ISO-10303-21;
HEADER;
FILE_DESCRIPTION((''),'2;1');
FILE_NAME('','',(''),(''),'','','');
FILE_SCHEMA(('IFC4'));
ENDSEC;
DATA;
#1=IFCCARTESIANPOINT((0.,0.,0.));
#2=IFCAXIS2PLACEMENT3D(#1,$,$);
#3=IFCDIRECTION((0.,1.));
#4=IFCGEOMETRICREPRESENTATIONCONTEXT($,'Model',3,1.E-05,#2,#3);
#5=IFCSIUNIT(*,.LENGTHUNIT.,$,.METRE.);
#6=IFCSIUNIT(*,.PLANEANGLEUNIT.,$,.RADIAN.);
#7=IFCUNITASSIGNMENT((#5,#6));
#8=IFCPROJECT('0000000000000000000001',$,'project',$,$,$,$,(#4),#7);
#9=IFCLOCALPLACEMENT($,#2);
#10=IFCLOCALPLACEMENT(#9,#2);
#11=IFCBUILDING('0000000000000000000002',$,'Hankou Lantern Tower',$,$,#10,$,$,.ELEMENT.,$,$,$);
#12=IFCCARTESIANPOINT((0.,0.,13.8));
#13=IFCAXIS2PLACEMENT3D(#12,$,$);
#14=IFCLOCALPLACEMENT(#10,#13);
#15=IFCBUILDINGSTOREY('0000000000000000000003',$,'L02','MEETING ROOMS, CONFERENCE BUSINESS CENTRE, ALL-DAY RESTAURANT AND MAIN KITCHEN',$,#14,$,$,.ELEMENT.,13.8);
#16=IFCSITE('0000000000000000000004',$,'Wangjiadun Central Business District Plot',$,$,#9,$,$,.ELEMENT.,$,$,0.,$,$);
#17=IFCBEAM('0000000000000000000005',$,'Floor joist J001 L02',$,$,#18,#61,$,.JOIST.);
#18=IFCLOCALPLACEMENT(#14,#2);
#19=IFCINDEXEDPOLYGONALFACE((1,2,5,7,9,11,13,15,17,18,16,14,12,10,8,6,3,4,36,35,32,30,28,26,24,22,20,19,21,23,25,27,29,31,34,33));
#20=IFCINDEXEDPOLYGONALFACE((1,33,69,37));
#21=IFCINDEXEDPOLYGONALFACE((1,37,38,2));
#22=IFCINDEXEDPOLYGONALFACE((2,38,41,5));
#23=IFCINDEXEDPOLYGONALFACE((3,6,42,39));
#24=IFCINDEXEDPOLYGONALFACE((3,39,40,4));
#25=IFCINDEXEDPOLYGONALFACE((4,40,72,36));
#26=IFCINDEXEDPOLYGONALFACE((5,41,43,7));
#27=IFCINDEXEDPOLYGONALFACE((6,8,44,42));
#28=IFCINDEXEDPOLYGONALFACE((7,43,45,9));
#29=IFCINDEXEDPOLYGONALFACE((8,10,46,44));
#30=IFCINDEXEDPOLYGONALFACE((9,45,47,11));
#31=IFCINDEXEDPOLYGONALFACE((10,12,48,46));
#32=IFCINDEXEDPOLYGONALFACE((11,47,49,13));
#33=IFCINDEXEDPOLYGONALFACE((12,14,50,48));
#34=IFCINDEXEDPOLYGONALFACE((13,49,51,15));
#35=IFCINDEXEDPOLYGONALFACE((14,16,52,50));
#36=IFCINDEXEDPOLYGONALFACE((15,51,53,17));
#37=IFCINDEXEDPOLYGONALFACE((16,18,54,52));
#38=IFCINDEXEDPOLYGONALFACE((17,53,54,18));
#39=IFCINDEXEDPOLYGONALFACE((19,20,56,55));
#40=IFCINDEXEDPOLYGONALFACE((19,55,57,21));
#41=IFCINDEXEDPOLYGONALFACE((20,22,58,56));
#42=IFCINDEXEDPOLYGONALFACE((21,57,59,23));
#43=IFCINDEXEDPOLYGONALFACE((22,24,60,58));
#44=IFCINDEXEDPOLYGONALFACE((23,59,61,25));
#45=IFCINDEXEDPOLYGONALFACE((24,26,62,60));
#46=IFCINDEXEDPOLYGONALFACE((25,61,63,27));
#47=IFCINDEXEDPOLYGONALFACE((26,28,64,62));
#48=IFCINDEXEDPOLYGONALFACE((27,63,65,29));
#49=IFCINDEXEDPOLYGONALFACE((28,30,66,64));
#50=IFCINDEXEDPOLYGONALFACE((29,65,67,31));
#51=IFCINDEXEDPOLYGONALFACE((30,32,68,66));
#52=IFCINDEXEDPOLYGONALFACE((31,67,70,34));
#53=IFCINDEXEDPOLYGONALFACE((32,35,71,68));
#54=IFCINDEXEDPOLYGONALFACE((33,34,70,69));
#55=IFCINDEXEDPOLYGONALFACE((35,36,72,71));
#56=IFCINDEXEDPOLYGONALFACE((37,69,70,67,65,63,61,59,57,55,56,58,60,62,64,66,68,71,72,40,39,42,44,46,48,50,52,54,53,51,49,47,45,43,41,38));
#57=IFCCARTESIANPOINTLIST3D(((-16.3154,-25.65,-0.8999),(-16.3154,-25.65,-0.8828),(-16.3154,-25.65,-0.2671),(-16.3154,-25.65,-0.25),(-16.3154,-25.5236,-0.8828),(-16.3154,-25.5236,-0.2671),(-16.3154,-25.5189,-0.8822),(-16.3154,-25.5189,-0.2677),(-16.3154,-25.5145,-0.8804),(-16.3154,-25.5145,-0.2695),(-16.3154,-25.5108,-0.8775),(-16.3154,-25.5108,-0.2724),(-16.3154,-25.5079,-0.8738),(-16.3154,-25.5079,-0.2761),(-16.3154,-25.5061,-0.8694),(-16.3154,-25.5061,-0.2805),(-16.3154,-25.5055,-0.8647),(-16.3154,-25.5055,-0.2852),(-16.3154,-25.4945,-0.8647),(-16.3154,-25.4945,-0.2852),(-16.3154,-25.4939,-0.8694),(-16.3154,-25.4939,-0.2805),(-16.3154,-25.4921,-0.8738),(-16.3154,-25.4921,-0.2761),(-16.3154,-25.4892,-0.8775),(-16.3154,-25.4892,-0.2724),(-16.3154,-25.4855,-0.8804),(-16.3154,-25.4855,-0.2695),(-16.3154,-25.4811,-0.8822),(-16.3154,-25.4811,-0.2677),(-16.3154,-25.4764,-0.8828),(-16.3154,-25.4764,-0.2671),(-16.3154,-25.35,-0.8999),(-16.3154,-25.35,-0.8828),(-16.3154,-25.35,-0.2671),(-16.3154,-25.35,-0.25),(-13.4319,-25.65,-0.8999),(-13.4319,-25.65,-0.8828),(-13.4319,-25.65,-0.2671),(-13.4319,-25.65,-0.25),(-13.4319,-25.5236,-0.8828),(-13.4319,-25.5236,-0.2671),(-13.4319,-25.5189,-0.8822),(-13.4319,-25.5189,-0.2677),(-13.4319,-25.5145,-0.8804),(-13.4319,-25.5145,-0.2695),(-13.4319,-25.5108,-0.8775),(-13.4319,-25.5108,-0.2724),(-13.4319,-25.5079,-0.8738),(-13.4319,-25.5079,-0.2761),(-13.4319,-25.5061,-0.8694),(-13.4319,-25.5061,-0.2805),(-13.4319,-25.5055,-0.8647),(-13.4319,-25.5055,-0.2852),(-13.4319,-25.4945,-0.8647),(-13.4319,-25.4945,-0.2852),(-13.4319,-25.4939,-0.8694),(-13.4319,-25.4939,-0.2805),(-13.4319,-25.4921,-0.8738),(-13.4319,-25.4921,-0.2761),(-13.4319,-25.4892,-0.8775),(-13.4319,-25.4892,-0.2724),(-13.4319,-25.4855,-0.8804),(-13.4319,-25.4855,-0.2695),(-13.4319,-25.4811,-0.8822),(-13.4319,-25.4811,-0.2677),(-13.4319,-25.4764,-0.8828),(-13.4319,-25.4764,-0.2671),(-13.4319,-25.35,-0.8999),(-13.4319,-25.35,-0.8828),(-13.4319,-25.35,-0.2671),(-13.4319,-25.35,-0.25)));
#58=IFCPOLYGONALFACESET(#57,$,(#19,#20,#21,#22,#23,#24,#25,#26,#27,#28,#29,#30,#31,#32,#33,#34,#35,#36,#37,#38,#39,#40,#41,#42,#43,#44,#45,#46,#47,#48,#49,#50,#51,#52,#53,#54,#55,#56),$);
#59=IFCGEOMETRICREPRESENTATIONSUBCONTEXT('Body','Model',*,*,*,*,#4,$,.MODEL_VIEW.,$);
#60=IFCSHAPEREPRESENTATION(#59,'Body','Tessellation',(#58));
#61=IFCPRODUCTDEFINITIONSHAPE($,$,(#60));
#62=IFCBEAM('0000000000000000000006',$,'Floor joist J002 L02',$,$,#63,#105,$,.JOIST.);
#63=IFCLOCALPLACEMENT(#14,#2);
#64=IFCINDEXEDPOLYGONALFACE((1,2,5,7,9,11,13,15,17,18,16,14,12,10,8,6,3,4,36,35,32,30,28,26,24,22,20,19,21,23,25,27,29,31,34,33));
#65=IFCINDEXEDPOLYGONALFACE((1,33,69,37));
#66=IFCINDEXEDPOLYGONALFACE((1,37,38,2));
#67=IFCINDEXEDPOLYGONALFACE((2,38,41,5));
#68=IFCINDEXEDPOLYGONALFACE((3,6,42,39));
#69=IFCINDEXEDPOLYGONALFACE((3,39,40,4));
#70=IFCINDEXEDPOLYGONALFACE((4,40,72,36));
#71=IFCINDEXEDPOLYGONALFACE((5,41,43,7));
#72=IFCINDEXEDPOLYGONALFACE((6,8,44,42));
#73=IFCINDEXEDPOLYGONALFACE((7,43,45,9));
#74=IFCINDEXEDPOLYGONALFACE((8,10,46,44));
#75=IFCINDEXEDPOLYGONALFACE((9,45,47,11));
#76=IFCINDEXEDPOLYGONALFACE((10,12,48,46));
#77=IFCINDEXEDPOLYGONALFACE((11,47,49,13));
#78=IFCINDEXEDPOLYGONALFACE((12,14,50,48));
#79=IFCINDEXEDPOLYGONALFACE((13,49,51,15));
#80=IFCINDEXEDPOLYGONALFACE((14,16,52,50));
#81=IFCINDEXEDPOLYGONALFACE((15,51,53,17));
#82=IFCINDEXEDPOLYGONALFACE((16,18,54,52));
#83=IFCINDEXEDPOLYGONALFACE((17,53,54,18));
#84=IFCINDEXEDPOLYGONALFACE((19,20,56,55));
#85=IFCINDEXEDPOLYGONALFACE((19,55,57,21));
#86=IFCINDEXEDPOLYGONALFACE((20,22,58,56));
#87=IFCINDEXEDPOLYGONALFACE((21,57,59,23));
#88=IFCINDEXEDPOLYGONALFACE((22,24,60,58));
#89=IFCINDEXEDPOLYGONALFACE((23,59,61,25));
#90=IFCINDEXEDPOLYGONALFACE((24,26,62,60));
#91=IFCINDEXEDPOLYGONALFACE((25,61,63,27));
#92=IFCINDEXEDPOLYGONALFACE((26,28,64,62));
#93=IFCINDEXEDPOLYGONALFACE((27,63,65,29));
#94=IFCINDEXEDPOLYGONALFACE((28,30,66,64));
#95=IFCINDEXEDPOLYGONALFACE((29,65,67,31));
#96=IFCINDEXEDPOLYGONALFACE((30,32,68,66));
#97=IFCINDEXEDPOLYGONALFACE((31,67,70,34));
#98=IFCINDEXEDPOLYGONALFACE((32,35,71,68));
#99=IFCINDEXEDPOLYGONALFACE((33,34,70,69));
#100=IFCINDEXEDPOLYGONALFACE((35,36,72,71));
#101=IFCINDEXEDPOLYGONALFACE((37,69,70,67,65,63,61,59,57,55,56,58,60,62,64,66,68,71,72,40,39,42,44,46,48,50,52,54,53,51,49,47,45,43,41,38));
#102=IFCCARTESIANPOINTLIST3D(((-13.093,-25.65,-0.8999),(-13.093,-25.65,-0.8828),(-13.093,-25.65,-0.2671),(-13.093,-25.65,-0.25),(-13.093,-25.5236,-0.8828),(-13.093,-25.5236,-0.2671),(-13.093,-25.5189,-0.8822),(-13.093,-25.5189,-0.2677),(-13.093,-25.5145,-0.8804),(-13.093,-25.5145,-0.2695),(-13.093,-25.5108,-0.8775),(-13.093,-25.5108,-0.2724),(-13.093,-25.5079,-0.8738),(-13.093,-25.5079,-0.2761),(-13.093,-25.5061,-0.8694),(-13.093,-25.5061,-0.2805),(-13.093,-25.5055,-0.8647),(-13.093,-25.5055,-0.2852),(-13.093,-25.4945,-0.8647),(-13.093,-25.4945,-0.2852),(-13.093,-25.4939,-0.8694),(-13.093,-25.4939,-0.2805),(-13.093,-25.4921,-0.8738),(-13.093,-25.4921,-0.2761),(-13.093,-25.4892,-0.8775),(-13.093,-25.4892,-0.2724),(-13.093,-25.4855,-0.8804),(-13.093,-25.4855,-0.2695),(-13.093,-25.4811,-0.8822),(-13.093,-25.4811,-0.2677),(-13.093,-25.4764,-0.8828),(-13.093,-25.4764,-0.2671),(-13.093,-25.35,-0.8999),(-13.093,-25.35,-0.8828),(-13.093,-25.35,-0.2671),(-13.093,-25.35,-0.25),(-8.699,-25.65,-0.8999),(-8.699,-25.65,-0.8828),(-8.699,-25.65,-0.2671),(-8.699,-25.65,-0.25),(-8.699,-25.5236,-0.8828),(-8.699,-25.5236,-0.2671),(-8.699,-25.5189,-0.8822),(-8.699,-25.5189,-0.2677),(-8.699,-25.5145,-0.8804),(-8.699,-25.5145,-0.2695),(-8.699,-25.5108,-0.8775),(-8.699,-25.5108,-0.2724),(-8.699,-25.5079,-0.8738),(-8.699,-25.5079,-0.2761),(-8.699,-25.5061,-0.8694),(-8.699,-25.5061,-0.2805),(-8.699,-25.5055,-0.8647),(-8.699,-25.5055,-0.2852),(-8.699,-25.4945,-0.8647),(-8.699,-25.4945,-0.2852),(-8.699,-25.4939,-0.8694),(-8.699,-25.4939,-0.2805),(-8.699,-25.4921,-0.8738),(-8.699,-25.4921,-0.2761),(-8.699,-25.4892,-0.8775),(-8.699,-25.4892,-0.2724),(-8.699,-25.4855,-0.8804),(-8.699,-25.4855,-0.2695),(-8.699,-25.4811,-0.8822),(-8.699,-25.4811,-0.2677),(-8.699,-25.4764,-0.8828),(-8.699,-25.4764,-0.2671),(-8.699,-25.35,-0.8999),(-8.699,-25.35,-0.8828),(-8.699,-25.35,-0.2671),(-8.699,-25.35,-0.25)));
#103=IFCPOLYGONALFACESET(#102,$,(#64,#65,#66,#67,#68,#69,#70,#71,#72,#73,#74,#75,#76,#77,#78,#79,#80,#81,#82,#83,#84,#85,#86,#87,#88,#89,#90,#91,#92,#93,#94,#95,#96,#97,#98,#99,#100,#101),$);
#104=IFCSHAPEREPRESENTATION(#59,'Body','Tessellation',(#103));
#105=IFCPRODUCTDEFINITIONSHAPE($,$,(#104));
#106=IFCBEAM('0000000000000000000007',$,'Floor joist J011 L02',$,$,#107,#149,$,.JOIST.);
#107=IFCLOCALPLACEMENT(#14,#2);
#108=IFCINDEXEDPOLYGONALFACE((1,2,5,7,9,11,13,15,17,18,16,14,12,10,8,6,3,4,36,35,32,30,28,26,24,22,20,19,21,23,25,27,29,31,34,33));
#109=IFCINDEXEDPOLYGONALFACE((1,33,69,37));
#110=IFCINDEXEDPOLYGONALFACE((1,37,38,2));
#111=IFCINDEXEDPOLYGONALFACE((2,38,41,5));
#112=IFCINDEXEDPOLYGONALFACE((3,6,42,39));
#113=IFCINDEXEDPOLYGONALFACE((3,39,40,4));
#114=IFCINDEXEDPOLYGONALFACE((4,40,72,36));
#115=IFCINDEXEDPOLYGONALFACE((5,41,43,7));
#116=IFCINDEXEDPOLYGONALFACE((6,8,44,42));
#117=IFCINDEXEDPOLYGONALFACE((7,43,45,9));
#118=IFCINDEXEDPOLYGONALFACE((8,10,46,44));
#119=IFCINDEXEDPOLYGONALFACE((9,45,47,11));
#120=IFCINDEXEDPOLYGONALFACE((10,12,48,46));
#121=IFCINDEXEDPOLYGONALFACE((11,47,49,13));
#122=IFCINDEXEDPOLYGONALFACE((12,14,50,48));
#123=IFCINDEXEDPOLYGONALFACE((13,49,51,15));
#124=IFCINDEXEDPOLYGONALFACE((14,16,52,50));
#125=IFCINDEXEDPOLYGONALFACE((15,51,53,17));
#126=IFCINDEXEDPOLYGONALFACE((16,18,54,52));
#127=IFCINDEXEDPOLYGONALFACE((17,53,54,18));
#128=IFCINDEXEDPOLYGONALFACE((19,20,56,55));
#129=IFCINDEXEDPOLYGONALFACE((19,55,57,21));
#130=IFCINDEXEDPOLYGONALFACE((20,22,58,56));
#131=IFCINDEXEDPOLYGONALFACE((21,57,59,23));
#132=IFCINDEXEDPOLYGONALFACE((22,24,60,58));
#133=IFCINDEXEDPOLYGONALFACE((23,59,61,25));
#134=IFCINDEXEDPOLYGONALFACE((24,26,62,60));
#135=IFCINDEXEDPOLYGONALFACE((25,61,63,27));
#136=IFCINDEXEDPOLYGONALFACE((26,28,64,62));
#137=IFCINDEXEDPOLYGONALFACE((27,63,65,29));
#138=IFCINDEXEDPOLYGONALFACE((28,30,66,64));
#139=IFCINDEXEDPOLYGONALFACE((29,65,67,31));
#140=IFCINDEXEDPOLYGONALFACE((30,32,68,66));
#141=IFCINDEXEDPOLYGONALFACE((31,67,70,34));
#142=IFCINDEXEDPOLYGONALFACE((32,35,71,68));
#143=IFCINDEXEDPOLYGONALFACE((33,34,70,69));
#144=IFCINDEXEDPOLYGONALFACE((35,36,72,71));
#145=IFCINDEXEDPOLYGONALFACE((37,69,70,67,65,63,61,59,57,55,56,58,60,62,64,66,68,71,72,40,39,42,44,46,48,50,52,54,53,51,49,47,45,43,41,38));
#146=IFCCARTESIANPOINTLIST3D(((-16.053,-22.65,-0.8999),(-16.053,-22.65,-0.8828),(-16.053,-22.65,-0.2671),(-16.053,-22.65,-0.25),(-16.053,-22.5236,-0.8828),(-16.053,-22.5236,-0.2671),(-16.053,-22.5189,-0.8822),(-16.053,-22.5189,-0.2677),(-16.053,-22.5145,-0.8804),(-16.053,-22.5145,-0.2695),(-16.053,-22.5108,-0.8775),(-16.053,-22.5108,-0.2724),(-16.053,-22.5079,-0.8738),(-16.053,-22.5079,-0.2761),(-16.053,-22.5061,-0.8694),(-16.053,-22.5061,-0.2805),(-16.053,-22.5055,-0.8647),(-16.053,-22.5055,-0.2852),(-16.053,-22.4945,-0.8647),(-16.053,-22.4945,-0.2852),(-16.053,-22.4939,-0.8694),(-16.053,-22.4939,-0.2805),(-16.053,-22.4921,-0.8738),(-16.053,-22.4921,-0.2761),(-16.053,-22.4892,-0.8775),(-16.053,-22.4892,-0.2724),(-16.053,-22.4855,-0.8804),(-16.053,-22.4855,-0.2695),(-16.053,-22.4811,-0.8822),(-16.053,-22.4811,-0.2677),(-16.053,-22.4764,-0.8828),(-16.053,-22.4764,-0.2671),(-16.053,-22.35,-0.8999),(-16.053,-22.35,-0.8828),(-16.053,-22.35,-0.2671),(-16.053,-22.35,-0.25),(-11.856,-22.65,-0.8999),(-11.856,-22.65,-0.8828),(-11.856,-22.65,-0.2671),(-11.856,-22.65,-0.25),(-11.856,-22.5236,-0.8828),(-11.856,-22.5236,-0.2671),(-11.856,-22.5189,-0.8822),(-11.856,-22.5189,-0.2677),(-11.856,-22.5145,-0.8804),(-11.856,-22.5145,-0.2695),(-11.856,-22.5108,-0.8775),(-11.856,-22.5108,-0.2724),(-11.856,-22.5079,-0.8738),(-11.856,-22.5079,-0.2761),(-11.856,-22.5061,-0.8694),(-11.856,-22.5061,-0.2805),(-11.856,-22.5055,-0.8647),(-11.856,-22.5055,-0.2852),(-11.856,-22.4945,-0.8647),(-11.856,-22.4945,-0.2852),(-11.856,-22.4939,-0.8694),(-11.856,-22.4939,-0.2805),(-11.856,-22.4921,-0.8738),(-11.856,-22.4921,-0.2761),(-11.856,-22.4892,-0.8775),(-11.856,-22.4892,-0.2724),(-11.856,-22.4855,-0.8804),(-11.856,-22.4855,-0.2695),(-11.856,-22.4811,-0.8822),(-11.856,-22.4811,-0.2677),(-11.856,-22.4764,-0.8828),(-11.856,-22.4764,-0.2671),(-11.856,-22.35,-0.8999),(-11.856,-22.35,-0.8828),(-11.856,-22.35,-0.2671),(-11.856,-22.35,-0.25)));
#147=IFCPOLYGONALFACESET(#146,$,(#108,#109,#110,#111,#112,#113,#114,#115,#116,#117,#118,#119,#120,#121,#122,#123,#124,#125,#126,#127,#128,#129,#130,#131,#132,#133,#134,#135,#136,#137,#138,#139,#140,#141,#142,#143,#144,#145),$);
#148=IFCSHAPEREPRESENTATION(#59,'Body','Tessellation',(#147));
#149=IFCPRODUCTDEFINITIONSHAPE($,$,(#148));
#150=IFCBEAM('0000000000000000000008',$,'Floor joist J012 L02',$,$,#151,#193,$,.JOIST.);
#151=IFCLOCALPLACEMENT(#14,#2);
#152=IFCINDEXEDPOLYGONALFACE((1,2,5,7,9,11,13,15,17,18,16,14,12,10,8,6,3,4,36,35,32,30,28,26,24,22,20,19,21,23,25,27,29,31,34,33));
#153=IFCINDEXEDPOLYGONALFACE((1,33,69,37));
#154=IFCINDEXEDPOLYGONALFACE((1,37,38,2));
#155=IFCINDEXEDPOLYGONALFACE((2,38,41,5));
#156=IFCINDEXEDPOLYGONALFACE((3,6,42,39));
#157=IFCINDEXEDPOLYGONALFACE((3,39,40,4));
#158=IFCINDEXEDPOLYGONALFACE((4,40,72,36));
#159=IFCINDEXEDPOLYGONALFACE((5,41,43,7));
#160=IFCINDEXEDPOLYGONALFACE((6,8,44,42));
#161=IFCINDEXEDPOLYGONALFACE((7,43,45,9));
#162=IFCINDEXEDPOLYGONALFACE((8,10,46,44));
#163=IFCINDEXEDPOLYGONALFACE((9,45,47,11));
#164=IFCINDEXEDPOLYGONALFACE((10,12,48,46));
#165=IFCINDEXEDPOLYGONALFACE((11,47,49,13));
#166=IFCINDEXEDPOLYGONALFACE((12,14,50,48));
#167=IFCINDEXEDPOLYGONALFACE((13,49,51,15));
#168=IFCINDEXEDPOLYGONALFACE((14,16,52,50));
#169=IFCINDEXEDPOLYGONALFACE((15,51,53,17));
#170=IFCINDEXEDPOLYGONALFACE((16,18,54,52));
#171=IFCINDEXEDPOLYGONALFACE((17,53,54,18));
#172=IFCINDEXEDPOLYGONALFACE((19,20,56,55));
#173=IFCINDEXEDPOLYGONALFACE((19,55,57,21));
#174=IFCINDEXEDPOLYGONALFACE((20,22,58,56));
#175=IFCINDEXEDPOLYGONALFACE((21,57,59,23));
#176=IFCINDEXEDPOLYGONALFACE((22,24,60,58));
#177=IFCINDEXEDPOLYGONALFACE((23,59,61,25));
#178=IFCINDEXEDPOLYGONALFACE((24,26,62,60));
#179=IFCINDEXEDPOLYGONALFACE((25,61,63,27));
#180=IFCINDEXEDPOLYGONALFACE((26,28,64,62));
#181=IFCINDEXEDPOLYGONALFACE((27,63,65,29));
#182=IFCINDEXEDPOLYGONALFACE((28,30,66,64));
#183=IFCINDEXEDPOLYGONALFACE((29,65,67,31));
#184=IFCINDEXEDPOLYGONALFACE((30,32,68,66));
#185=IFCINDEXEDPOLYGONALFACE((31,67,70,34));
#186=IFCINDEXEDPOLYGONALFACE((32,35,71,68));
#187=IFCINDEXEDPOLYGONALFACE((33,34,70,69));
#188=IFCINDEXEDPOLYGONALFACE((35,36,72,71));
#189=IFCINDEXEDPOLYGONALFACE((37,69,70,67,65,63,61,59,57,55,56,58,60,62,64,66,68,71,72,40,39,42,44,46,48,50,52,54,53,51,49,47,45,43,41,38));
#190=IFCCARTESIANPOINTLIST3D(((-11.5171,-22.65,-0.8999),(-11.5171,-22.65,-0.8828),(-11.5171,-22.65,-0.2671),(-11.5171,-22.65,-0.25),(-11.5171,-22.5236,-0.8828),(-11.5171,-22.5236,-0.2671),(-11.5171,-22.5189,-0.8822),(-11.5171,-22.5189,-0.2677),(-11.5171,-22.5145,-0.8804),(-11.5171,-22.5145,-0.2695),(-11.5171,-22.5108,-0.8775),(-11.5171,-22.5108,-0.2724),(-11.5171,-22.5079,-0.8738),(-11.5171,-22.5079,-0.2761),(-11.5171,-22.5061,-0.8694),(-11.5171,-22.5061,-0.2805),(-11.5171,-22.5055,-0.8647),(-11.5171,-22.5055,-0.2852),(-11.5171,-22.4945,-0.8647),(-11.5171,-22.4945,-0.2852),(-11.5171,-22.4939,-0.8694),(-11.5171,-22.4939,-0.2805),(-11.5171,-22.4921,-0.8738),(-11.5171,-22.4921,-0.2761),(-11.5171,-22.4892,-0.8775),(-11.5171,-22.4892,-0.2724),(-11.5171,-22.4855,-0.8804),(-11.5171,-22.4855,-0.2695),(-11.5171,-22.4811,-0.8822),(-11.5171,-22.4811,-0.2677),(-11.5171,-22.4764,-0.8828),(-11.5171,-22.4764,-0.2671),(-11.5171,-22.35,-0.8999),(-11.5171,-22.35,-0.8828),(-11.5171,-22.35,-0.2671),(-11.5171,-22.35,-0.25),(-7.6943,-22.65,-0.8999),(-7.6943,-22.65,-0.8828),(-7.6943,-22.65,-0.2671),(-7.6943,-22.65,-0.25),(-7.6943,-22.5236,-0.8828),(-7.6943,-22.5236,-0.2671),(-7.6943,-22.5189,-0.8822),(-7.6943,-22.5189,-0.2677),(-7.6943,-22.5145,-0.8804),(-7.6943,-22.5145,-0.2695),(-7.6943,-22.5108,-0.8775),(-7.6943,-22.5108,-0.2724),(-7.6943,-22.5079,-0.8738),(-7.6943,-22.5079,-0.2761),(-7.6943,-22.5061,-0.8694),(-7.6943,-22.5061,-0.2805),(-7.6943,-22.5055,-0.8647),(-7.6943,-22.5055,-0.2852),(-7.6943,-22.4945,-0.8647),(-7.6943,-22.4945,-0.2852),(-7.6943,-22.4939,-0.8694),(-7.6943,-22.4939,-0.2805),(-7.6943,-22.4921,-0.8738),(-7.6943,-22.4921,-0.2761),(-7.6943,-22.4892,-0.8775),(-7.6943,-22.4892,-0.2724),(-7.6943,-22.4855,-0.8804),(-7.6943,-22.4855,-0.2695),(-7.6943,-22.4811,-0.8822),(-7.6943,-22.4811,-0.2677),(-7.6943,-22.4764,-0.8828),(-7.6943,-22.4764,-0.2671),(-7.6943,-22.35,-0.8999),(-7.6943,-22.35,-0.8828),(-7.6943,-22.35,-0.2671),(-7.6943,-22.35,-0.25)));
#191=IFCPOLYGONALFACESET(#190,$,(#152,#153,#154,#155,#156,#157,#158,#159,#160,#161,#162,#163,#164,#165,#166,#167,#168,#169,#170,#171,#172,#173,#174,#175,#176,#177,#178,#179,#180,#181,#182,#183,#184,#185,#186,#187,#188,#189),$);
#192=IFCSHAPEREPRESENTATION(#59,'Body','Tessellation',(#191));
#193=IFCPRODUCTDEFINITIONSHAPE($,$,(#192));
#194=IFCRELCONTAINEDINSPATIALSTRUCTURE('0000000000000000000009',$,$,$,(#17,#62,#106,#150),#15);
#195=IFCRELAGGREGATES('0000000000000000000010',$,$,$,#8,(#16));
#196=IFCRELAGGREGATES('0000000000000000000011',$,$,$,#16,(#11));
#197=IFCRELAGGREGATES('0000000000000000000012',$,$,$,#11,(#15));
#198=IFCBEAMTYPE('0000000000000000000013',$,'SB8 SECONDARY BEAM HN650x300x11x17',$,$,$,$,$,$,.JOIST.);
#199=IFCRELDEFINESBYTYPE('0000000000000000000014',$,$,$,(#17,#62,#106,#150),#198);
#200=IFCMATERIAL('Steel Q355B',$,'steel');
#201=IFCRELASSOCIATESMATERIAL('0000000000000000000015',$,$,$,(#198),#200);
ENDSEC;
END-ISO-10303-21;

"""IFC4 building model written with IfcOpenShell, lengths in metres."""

from ifc_helpers import new_model, si_unit, direction, frame, origin, origin_2d, place, context, subcontext, project, spatial, i_section, extrude, material, material_profile, profile_set, type_object, element, save


model = new_model("IFC4")

# Units and contexts
model_context = context("Model", 3, precision=1e-05, world=origin(), true_north=direction((0.0, 1.0)))
body_context = subcontext(model_context, "Body", "Model", "MODEL_VIEW")
ifc_project = project(units=[si_unit("LENGTHUNIT", "METRE"), si_unit("PLANEANGLEUNIT", "RADIAN")], contexts=[model_context])

# Site, building, storey
site_placement = place(None, origin())
site = spatial("IfcSite", under=ifc_project, at=site_placement, Name="Wangjiadun Central Business District Plot", CompositionType="ELEMENT", RefElevation=0.0)
building_placement = place(site_placement, origin())
building = spatial("IfcBuilding", under=site, at=building_placement, Name="Hankou Lantern Tower", CompositionType="ELEMENT")
storey_placement = place(building_placement, frame((0.0, 0.0, 13.8)))
storey = spatial("IfcBuildingStorey", under=building, at=storey_placement, Name="L02", Description="MEETING ROOMS, CONFERENCE BUSINESS CENTRE, ALL-DAY RESTAURANT AND MAIN KITCHEN", CompositionType="ELEMENT", Elevation=13.8)

# Beams
ifc_material_1 = material(Name="Steel Q355B", Category="steel")
ifc_material_profile_1 = material_profile(ifc_material_1, i_section(OverallWidth=0.3, OverallDepth=0.6499, WebThickness=0.011, FlangeThickness=0.0171, FilletRadius=0.0181, at=origin_2d()), Name="HN650x300x11x17")
ifc_profile_set_1 = profile_set([ifc_material_profile_1], Name="Steel Q355B")
beam_type_1 = type_object("IfcBeamType", Name="SB8 SECONDARY BEAM HN650x300x11x17", PredefinedType="JOIST", material=ifc_profile_set_1)
beam_1_placement = place(storey_placement, frame((-16.3154, -25.5, -0.575), z_axis=(1.0, 0.0, 0.0), x_axis=(0.0, 1.0, 0.0)))
element("IfcBeam", 1, at=beam_1_placement, inside=storey, type_object=beam_type_1, Name="Floor joist J001 L02", PredefinedType="JOIST", context=body_context, shape_type="SweptSolid", body=[
    extrude(i_section(OverallWidth=0.3, OverallDepth=0.6499, WebThickness=0.011, FlangeThickness=0.0171, FilletRadius=0.0181, at=origin_2d()), origin(), (0.0, 0.0, 1.0), 2.8835),
])
beam_2_placement = place(storey_placement, frame((-13.093, -25.5, -0.575), z_axis=(1.0, 0.0, 0.0), x_axis=(0.0, 1.0, 0.0)))
element("IfcBeam", 2, at=beam_2_placement, inside=storey, type_object=beam_type_1, Name="Floor joist J002 L02", PredefinedType="JOIST", context=body_context, shape_type="SweptSolid", body=[
    extrude(i_section(OverallWidth=0.3, OverallDepth=0.6499, WebThickness=0.011, FlangeThickness=0.0171, FilletRadius=0.0181, at=origin_2d()), origin(), (0.0, 0.0, 1.0), 4.394),
])
beam_3_placement = place(storey_placement, frame((-16.053, -22.5, -0.575), z_axis=(1.0, 0.0, 0.0), x_axis=(0.0, 1.0, 0.0)))
element("IfcBeam", 3, at=beam_3_placement, inside=storey, type_object=beam_type_1, Name="Floor joist J011 L02", PredefinedType="JOIST", context=body_context, shape_type="SweptSolid", body=[
    extrude(i_section(OverallWidth=0.3, OverallDepth=0.6499, WebThickness=0.011, FlangeThickness=0.0171, FilletRadius=0.0181, at=origin_2d()), origin(), (0.0, 0.0, 1.0), 4.197),
])
beam_4_placement = place(storey_placement, frame((-11.5171, -22.5, -0.575), z_axis=(1.0, 0.0, 0.0), x_axis=(0.0, 1.0, 0.0)))
element("IfcBeam", 4, at=beam_4_placement, inside=storey, type_object=beam_type_1, Name="Floor joist J012 L02", PredefinedType="JOIST", context=body_context, shape_type="SweptSolid", body=[
    extrude(i_section(OverallWidth=0.3, OverallDepth=0.6499, WebThickness=0.011, FlangeThickness=0.0171, FilletRadius=0.0181, at=origin_2d()), origin(), (0.0, 0.0, 1.0), 3.8228),
])

save(model, "model.ifc")
